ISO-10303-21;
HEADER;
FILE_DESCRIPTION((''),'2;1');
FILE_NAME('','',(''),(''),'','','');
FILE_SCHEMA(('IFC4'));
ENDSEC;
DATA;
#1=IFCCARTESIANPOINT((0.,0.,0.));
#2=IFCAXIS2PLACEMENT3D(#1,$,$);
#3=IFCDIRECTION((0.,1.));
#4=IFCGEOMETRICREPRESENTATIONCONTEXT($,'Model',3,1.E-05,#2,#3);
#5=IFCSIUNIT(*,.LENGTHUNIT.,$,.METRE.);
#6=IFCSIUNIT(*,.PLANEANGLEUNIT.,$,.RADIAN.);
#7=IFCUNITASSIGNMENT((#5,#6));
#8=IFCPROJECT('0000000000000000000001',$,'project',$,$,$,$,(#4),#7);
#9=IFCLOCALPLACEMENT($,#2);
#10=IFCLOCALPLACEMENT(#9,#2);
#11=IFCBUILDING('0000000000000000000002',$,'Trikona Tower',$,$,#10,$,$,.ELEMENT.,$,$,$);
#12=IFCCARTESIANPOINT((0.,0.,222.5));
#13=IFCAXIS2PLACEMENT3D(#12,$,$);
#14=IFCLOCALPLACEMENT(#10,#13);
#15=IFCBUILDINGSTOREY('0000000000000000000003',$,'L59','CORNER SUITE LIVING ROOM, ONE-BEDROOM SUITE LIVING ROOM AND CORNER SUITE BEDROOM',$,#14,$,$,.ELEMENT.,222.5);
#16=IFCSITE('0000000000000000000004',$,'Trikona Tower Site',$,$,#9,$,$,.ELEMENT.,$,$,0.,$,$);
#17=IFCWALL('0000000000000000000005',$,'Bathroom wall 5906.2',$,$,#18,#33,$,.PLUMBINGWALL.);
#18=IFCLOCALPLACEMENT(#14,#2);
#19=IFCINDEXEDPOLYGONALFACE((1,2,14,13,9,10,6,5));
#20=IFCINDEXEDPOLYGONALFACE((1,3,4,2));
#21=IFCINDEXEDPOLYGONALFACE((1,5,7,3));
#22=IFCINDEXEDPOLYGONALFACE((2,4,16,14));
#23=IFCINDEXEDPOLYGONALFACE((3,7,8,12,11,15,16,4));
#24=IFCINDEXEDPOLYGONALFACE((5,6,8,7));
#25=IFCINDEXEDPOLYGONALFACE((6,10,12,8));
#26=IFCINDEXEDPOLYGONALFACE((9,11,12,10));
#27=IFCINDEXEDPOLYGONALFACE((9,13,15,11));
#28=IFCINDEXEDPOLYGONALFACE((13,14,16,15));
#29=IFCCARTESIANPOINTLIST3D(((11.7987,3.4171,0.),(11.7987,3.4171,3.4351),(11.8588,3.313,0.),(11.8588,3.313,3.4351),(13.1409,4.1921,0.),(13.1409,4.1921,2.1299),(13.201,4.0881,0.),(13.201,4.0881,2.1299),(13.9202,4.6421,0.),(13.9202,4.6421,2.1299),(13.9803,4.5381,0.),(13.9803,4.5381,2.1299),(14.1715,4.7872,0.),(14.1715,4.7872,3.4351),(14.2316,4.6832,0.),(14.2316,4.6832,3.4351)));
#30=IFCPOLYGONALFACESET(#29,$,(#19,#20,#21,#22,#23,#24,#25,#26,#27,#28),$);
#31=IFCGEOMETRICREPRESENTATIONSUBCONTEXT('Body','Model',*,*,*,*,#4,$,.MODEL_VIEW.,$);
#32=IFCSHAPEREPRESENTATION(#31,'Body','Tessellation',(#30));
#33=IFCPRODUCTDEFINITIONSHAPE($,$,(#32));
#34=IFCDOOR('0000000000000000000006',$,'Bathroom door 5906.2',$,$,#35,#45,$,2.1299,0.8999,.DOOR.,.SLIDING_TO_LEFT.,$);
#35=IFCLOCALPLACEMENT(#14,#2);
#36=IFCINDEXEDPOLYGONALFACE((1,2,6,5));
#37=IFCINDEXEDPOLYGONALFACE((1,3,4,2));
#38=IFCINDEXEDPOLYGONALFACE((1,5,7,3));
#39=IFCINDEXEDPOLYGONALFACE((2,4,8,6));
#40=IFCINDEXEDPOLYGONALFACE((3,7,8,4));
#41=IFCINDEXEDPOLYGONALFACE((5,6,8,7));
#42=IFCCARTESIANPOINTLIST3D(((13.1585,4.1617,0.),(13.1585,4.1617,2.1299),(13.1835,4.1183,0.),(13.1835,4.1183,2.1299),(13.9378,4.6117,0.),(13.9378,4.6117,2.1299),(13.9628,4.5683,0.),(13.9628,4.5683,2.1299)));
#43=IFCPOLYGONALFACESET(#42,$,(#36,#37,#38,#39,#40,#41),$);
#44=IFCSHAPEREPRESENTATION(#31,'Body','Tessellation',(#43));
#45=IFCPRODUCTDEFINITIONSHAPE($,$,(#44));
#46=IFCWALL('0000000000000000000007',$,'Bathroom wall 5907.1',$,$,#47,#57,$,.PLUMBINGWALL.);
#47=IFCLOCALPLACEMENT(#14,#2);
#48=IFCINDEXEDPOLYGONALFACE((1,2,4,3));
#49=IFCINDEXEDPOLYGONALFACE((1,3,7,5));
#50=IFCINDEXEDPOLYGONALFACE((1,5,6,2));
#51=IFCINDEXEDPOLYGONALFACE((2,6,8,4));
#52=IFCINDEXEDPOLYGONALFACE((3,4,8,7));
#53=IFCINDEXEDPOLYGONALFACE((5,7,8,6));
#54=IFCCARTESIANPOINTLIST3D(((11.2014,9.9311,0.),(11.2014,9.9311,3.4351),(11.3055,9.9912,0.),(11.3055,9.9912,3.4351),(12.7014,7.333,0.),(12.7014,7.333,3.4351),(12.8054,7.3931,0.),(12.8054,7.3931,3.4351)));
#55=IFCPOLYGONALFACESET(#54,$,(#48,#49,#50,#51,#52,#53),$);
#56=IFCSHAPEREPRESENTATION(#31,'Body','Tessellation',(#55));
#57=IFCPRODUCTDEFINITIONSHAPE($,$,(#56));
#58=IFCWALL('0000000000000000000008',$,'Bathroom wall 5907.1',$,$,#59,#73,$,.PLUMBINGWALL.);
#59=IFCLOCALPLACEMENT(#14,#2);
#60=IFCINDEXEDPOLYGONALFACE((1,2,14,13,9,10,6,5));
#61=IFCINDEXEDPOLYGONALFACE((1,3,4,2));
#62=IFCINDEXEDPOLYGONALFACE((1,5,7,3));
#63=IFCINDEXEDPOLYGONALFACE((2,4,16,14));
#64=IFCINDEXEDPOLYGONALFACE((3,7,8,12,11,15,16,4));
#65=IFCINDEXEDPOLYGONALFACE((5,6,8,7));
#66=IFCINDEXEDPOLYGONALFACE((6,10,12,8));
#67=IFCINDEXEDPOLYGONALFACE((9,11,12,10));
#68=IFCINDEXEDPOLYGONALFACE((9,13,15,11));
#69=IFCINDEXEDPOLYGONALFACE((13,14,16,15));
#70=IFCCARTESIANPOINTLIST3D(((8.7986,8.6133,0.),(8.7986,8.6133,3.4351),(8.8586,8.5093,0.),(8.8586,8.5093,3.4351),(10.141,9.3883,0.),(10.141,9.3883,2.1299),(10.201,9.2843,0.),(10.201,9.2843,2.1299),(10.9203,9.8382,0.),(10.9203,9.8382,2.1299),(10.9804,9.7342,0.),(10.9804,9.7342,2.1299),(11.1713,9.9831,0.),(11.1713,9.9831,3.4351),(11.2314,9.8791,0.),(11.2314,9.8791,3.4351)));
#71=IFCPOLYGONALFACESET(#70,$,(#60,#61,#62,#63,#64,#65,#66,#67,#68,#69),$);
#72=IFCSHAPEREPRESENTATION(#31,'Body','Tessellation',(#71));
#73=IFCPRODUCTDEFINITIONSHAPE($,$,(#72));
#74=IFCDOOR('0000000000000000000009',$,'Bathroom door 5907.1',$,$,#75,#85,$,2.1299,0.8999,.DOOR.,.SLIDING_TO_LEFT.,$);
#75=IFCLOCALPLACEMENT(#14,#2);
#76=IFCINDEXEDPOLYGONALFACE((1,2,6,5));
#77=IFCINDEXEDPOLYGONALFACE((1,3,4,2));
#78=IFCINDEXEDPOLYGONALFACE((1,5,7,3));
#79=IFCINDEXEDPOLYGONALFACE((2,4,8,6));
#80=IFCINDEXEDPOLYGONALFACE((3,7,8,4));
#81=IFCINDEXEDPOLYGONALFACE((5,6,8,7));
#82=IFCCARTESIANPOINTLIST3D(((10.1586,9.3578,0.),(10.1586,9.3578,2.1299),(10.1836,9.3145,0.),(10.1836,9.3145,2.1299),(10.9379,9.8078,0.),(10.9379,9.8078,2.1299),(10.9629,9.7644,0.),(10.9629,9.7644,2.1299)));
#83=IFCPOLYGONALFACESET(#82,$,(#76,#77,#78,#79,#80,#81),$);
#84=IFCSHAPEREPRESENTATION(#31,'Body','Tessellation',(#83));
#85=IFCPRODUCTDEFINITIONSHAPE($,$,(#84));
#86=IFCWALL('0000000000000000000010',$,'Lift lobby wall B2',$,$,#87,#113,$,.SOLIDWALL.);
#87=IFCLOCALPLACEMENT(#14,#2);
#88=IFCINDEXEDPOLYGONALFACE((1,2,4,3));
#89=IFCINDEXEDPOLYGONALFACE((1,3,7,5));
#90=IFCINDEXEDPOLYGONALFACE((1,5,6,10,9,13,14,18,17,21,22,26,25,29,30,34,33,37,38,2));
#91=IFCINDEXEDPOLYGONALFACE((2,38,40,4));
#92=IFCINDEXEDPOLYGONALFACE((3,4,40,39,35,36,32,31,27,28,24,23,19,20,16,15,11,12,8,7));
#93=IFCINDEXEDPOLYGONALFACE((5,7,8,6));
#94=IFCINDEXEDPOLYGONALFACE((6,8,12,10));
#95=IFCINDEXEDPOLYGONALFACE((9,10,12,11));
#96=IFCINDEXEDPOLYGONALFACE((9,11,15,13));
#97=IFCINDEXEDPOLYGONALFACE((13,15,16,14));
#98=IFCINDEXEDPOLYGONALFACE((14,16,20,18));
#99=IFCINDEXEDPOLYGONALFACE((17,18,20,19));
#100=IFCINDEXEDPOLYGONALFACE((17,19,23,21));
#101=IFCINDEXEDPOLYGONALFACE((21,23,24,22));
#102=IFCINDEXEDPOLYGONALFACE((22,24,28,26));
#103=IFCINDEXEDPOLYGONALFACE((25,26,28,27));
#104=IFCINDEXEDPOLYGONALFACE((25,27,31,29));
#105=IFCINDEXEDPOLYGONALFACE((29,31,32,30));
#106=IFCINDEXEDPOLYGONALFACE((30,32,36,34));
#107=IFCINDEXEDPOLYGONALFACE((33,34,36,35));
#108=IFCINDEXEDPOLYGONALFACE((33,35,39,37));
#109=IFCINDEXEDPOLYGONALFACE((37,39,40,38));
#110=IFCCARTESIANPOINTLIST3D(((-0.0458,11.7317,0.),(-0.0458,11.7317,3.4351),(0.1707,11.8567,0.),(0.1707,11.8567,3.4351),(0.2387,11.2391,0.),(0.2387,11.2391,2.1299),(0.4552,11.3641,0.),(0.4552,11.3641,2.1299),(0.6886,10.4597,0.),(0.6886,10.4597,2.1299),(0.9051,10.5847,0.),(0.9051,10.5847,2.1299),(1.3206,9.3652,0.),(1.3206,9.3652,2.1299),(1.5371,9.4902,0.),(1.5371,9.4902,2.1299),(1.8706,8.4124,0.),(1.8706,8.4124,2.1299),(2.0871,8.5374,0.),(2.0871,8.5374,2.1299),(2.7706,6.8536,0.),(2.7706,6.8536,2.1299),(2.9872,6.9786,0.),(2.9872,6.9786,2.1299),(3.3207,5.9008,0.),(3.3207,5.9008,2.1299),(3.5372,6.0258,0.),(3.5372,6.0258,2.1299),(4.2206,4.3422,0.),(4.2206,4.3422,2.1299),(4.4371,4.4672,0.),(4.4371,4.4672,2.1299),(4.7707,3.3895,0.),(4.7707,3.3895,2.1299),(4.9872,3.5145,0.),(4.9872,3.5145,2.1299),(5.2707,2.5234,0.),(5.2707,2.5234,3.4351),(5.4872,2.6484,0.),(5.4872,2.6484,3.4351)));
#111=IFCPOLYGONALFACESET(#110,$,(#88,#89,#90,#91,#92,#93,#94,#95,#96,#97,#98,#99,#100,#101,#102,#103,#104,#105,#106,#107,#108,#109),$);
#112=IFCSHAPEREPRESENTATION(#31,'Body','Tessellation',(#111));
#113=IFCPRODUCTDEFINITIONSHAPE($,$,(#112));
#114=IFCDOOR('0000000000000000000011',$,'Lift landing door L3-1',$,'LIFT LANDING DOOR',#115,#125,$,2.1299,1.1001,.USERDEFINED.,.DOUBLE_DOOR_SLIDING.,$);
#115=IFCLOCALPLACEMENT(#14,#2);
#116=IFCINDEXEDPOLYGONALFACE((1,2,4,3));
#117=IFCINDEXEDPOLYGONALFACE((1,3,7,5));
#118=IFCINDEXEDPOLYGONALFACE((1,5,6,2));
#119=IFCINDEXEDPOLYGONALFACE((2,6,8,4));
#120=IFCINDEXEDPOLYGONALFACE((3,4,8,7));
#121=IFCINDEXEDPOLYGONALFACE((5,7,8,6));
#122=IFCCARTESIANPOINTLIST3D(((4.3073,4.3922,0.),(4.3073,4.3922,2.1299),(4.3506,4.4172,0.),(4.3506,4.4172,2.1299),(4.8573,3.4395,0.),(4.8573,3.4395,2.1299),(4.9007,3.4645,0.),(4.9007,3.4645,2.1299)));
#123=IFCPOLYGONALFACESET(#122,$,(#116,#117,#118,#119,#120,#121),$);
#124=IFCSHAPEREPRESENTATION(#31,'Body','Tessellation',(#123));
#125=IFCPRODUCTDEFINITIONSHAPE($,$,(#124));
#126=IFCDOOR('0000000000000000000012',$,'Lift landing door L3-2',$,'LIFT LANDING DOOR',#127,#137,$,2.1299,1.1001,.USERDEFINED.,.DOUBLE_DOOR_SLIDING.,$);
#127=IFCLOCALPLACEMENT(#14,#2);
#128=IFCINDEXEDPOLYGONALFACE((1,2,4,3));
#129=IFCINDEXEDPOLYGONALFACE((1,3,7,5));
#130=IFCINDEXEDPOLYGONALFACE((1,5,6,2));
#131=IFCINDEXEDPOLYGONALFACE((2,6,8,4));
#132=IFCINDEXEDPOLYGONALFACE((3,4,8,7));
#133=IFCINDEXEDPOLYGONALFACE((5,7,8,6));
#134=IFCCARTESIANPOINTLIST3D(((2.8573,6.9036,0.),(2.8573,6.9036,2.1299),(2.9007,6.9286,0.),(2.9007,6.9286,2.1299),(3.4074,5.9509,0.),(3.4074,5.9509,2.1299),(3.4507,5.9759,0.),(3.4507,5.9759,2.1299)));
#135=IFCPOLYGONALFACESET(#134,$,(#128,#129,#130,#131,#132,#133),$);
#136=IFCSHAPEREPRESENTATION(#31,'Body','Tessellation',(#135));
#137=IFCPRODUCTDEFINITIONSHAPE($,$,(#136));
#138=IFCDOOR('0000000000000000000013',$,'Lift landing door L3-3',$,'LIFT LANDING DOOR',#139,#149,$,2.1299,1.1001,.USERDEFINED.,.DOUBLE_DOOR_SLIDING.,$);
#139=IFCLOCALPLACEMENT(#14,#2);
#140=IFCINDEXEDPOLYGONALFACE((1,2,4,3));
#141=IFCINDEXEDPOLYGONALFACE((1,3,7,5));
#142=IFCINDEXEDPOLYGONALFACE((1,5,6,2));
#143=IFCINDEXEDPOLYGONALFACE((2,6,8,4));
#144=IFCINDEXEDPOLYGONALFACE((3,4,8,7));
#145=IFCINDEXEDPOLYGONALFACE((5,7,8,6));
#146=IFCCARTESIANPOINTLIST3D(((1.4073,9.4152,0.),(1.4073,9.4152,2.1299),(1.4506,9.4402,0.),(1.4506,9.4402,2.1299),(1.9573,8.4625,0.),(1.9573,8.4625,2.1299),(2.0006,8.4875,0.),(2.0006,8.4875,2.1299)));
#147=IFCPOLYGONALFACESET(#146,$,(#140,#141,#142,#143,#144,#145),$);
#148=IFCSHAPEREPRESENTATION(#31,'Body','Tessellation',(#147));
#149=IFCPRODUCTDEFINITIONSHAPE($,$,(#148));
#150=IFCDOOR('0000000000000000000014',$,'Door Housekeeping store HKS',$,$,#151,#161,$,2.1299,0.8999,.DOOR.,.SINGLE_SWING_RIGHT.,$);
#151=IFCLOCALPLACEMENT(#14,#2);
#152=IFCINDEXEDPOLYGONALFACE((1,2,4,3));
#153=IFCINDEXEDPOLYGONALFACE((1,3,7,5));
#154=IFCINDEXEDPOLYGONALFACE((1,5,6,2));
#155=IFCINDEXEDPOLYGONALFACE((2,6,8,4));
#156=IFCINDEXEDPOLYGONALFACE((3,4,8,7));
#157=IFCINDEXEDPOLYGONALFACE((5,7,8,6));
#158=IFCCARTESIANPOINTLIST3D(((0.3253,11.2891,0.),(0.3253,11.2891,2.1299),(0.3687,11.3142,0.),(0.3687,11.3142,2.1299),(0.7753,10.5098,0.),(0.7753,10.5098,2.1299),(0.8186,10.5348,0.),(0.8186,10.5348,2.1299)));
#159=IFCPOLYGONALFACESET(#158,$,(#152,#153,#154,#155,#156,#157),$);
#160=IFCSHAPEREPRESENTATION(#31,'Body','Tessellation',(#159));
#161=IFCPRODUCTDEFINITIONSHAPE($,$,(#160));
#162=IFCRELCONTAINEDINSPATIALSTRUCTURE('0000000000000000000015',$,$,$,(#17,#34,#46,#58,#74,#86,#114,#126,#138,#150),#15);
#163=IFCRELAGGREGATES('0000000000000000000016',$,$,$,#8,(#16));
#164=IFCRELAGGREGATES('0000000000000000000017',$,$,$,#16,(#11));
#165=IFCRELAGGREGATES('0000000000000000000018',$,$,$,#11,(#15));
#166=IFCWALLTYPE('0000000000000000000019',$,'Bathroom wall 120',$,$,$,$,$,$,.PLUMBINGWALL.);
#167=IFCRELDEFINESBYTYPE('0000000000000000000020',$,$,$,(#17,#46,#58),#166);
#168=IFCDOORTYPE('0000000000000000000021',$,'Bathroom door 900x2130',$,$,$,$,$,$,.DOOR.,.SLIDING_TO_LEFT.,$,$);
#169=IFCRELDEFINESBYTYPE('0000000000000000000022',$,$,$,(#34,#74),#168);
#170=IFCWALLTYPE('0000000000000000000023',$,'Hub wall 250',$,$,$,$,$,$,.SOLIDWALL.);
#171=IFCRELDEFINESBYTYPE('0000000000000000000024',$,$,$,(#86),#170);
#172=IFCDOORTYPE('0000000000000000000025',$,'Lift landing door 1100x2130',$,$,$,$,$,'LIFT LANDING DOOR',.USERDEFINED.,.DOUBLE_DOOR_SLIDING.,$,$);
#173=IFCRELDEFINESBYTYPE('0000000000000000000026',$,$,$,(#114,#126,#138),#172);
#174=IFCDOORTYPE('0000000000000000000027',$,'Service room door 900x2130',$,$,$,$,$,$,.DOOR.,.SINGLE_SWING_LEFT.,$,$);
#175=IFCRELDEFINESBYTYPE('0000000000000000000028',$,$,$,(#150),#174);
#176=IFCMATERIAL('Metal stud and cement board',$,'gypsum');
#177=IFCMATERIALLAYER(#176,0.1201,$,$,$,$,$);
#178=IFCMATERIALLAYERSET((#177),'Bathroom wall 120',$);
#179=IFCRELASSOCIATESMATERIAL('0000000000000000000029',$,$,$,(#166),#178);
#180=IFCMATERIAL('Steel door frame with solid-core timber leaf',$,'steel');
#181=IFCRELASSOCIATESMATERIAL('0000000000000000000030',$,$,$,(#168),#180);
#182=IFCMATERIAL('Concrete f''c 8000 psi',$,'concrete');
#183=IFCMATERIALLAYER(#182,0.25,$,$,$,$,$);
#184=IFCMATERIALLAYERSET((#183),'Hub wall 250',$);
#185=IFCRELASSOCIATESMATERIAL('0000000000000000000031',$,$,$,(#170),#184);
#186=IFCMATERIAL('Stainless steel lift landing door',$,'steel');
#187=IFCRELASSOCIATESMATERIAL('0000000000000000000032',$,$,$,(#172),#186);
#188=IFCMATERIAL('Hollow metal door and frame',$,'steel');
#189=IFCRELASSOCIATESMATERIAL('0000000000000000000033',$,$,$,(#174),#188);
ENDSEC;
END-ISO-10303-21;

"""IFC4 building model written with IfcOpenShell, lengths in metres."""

from ifc_helpers import new_model, si_unit, direction, frame, frame_2d, origin, place, context, subcontext, project, spatial, rectangle, extrude, material, layer, layer_set, type_object, element, fill, save


model = new_model("IFC4")

# Units and contexts
model_context = context("Model", 3, precision=1e-05, world=origin(), true_north=direction((0.0, 1.0)))
body_context = subcontext(model_context, "Body", "Model", "MODEL_VIEW")
ifc_project = project(units=[si_unit("LENGTHUNIT", "METRE"), si_unit("PLANEANGLEUNIT", "RADIAN")], contexts=[model_context])

# Site, building, storey
site_placement = place(None, origin())
site = spatial("IfcSite", under=ifc_project, at=site_placement, Name="Trikona Tower Site", CompositionType="ELEMENT", RefElevation=0.0)
building_placement = place(site_placement, origin())
building = spatial("IfcBuilding", under=site, at=building_placement, Name="Trikona Tower", CompositionType="ELEMENT")
storey_placement = place(building_placement, frame((0.0, 0.0, 222.5)))
storey = spatial("IfcBuildingStorey", under=building, at=storey_placement, Name="L59", Description="CORNER SUITE LIVING ROOM, ONE-BEDROOM SUITE LIVING ROOM AND CORNER SUITE BEDROOM", CompositionType="ELEMENT", Elevation=222.5)

# Wall, opening, door
ifc_material_1 = material(Name="Metal stud and cement board", Category="gypsum")
ifc_layer_1 = layer(ifc_material_1, 0.1201)
ifc_layer_set_1 = layer_set([ifc_layer_1], Name="Bathroom wall 120")
wall_type_1 = type_object("IfcWallType", Name="Bathroom wall 120", PredefinedType="PLUMBINGWALL", material=ifc_layer_set_1)
wall_1_placement = place(storey_placement, frame((11.8286, 3.365, 0.0), z_axis=(0.0, 0.0, 1.0), x_axis=(0.865997, 0.500049, 0.0)))
wall_1 = element("IfcWall", 1, at=wall_1_placement, inside=storey, type_object=wall_type_1, Name="Bathroom wall 5906.2", PredefinedType="PLUMBINGWALL", context=body_context, shape_type="SweptSolid", body=[
    extrude(rectangle(XDim=2.74, YDim=0.1201, at=frame_2d((1.3701, 0.0))), origin(), (0.0, 0.0, 1.0), 3.4351),
])
opening_1_placement = place(wall_1_placement, frame((1.55, 0.0, 0.0)))
opening_1 = element("IfcOpeningElement", 2, at=opening_1_placement, cuts=wall_1, PredefinedType="OPENING", context=body_context, shape_type="SweptSolid", body=[
    extrude(rectangle(XDim=0.8999, YDim=2.1299, at=frame_2d((0.45, 1.0649))), frame((0.0, 0.0701, 0.0), z_axis=(0.0, -1.0, 0.0), x_axis=(1.0, 0.0, 0.0)), (0.0, 0.0, 1.0), 0.1401),
])
ifc_material_2 = material(Name="Steel door frame with solid-core timber leaf", Category="steel")
door_type_1 = type_object("IfcDoorType", Name="Bathroom door 900x2130", OperationType="SLIDING_TO_LEFT", PredefinedType="DOOR", material=ifc_material_2)
door_1_placement = place(opening_1_placement, origin())
door_1 = element("IfcDoor", 3, at=door_1_placement, inside=storey, type_object=door_type_1, Name="Bathroom door 5906.2", OperationType="SLIDING_TO_LEFT", OverallHeight=2.1299, OverallWidth=0.8999, PredefinedType="DOOR", context=body_context, shape_type="SweptSolid", body=[
    extrude(rectangle(XDim=0.8999, YDim=2.1299, at=frame_2d((0.45, 1.0649))), frame((0.0, 0.0249, 0.0), z_axis=(0.0, -1.0, 0.0), x_axis=(1.0, 0.0, 0.0)), (0.0, 0.0, 1.0), 0.05),
])
fill(opening_1, door_1)

# Wall
wall_2_placement = place(storey_placement, frame((12.7534, 7.363, 0.0), z_axis=(0.0, 0.0, 1.0), x_axis=(-0.49999, 0.866031, 0.0)))
element("IfcWall", 4, at=wall_2_placement, inside=storey, type_object=wall_type_1, Name="Bathroom wall 5907.1", PredefinedType="PLUMBINGWALL", context=body_context, shape_type="SweptSolid", body=[
    extrude(rectangle(XDim=3.0, YDim=0.1201, at=frame_2d((1.5, 0.0))), origin(), (0.0, 0.0, 1.0), 3.4351),
])

# Wall, opening, door
wall_3_placement = place(storey_placement, frame((8.8286, 8.5613, 0.0), z_axis=(0.0, 0.0, 1.0), x_axis=(0.866036, 0.499982, 0.0)))
wall_3 = element("IfcWall", 5, at=wall_3_placement, inside=storey, type_object=wall_type_1, Name="Bathroom wall 5907.1", PredefinedType="PLUMBINGWALL", context=body_context, shape_type="SweptSolid", body=[
    extrude(rectangle(XDim=2.7397, YDim=0.1201, at=frame_2d((1.3699, 0.0))), origin(), (0.0, 0.0, 1.0), 3.4351),
])
opening_2_placement = place(wall_3_placement, frame((1.55, 0.0, 0.0)))
opening_2 = element("IfcOpeningElement", 6, at=opening_2_placement, cuts=wall_3, PredefinedType="OPENING", context=body_context, shape_type="SweptSolid", body=[
    extrude(rectangle(XDim=0.8999, YDim=2.1299, at=frame_2d((0.45, 1.0649))), frame((0.0, 0.0701, 0.0), z_axis=(0.0, -1.0, 0.0), x_axis=(1.0, 0.0, 0.0)), (0.0, 0.0, 1.0), 0.1401),
])
door_2_placement = place(opening_2_placement, origin())
door_2 = element("IfcDoor", 7, at=door_2_placement, inside=storey, type_object=door_type_1, Name="Bathroom door 5907.1", OperationType="SLIDING_TO_LEFT", OverallHeight=2.1299, OverallWidth=0.8999, PredefinedType="DOOR", context=body_context, shape_type="SweptSolid", body=[
    extrude(rectangle(XDim=0.8999, YDim=2.1299, at=frame_2d((0.45, 1.0649))), frame((0.0, 0.0249, 0.0), z_axis=(0.0, -1.0, 0.0), x_axis=(1.0, 0.0, 0.0)), (0.0, 0.0, 1.0), 0.05),
])
fill(opening_2, door_2)

# Wall, openings, doors
ifc_material_3 = material(Name="Concrete f'c 8000 psi", Category="concrete")
ifc_layer_2 = layer(ifc_material_3, 0.25)
ifc_layer_set_2 = layer_set([ifc_layer_2], Name="Hub wall 250")
wall_type_2 = type_object("IfcWallType", Name="Hub wall 250", PredefinedType="SOLIDWALL", material=ifc_layer_set_2)
wall_4_placement = place(storey_placement, frame((5.3789, 2.5859, 0.0), z_axis=(0.0, 0.0, 1.0), x_axis=(-0.500001, 0.866025, 0.0)))
wall_4 = element("IfcWall", 8, at=wall_4_placement, inside=storey, type_object=wall_type_2, Name="Lift lobby wall B2", PredefinedType="SOLIDWALL", context=body_context, shape_type="SweptSolid", body=[
    extrude(rectangle(XDim=10.6328, YDim=0.25, at=frame_2d((5.3164, 0.0))), origin(), (0.0, 0.0, 1.0), 3.4351),
])
opening_3_placement = place(wall_4_placement, frame((9.1641, 0.0, 0.0)))
opening_3 = element("IfcOpeningElement", 9, at=opening_3_placement, cuts=wall_4, PredefinedType="OPENING", context=body_context, shape_type="SweptSolid", body=[
    extrude(rectangle(XDim=0.8999, YDim=2.1299, at=frame_2d((0.45, 1.0649))), frame((0.0, 0.135, 0.0), z_axis=(0.0, -1.0, 0.0), x_axis=(1.0, 0.0, 0.0)), (0.0, 0.0, 1.0), 0.27),
])
opening_4_placement = place(wall_4_placement, frame((1.0, 0.0, 0.0)))
opening_4 = element("IfcOpeningElement", 10, at=opening_4_placement, cuts=wall_4, PredefinedType="OPENING", context=body_context, shape_type="SweptSolid", body=[
    extrude(rectangle(XDim=1.1001, YDim=2.1299, at=frame_2d((0.55, 1.0649))), frame((0.0, 0.135, 0.0), z_axis=(0.0, -1.0, 0.0), x_axis=(1.0, 0.0, 0.0)), (0.0, 0.0, 1.0), 0.27),
])
opening_5_placement = place(wall_4_placement, frame((3.8999, 0.0, 0.0)))
opening_5 = element("IfcOpeningElement", 11, at=opening_5_placement, cuts=wall_4, PredefinedType="OPENING", context=body_context, shape_type="SweptSolid", body=[
    extrude(rectangle(XDim=1.1001, YDim=2.1299, at=frame_2d((0.55, 1.0649))), frame((0.0, 0.135, 0.0), z_axis=(0.0, -1.0, 0.0), x_axis=(1.0, 0.0, 0.0)), (0.0, 0.0, 1.0), 0.27),
])
opening_6_placement = place(wall_4_placement, frame((6.8, 0.0, 0.0)))
opening_6 = element("IfcOpeningElement", 12, at=opening_6_placement, cuts=wall_4, PredefinedType="OPENING", context=body_context, shape_type="SweptSolid", body=[
    extrude(rectangle(XDim=1.1001, YDim=2.1299, at=frame_2d((0.55, 1.0649))), frame((0.0, 0.135, 0.0), z_axis=(0.0, -1.0, 0.0), x_axis=(1.0, 0.0, 0.0)), (0.0, 0.0, 1.0), 0.27),
])
ifc_material_4 = material(Name="Stainless steel lift landing door", Category="steel")
door_type_2 = type_object("IfcDoorType", Name="Lift landing door 1100x2130", ElementType="LIFT LANDING DOOR", OperationType="DOUBLE_DOOR_SLIDING", PredefinedType="USERDEFINED", material=ifc_material_4)
door_3_placement = place(opening_4_placement, origin())
door_3 = element("IfcDoor", 13, at=door_3_placement, inside=storey, type_object=door_type_2, Name="Lift landing door L3-1", ObjectType="LIFT LANDING DOOR", OperationType="DOUBLE_DOOR_SLIDING", OverallHeight=2.1299, OverallWidth=1.1001, PredefinedType="USERDEFINED", context=body_context, shape_type="SweptSolid", body=[
    extrude(rectangle(XDim=1.1001, YDim=2.1299, at=frame_2d((0.55, 1.0649))), frame((0.0, 0.0249, 0.0), z_axis=(0.0, -1.0, 0.0), x_axis=(1.0, 0.0, 0.0)), (0.0, 0.0, 1.0), 0.05),
])
fill(opening_4, door_3)
door_4_placement = place(opening_5_placement, origin())
door_4 = element("IfcDoor", 14, at=door_4_placement, inside=storey, type_object=door_type_2, Name="Lift landing door L3-2", ObjectType="LIFT LANDING DOOR", OperationType="DOUBLE_DOOR_SLIDING", OverallHeight=2.1299, OverallWidth=1.1001, PredefinedType="USERDEFINED", context=body_context, shape_type="SweptSolid", body=[
    extrude(rectangle(XDim=1.1001, YDim=2.1299, at=frame_2d((0.55, 1.0649))), frame((0.0, 0.0249, 0.0), z_axis=(0.0, -1.0, 0.0), x_axis=(1.0, 0.0, 0.0)), (0.0, 0.0, 1.0), 0.05),
])
fill(opening_5, door_4)
door_5_placement = place(opening_6_placement, origin())
door_5 = element("IfcDoor", 15, at=door_5_placement, inside=storey, type_object=door_type_2, Name="Lift landing door L3-3", ObjectType="LIFT LANDING DOOR", OperationType="DOUBLE_DOOR_SLIDING", OverallHeight=2.1299, OverallWidth=1.1001, PredefinedType="USERDEFINED", context=body_context, shape_type="SweptSolid", body=[
    extrude(rectangle(XDim=1.1001, YDim=2.1299, at=frame_2d((0.55, 1.0649))), frame((0.0, 0.0249, 0.0), z_axis=(0.0, -1.0, 0.0), x_axis=(1.0, 0.0, 0.0)), (0.0, 0.0, 1.0), 0.05),
])
fill(opening_6, door_5)
ifc_material_5 = material(Name="Hollow metal door and frame", Category="steel")
door_type_3 = type_object("IfcDoorType", Name="Service room door 900x2130", OperationType="SINGLE_SWING_LEFT", PredefinedType="DOOR", material=ifc_material_5)
door_6_placement = place(opening_3_placement, origin())
door_6 = element("IfcDoor", 16, at=door_6_placement, inside=storey, type_object=door_type_3, Name="Door Housekeeping store HKS", OperationType="SINGLE_SWING_RIGHT", OverallHeight=2.1299, OverallWidth=0.8999, PredefinedType="DOOR", context=body_context, shape_type="SweptSolid", body=[
    extrude(rectangle(XDim=0.8999, YDim=2.1299, at=frame_2d((0.45, 1.0649))), frame((0.0, 0.0249, 0.0), z_axis=(0.0, -1.0, 0.0), x_axis=(1.0, 0.0, 0.0)), (0.0, 0.0, 1.0), 0.05),
])
fill(opening_3, door_6)

save(model, "model.ifc")
